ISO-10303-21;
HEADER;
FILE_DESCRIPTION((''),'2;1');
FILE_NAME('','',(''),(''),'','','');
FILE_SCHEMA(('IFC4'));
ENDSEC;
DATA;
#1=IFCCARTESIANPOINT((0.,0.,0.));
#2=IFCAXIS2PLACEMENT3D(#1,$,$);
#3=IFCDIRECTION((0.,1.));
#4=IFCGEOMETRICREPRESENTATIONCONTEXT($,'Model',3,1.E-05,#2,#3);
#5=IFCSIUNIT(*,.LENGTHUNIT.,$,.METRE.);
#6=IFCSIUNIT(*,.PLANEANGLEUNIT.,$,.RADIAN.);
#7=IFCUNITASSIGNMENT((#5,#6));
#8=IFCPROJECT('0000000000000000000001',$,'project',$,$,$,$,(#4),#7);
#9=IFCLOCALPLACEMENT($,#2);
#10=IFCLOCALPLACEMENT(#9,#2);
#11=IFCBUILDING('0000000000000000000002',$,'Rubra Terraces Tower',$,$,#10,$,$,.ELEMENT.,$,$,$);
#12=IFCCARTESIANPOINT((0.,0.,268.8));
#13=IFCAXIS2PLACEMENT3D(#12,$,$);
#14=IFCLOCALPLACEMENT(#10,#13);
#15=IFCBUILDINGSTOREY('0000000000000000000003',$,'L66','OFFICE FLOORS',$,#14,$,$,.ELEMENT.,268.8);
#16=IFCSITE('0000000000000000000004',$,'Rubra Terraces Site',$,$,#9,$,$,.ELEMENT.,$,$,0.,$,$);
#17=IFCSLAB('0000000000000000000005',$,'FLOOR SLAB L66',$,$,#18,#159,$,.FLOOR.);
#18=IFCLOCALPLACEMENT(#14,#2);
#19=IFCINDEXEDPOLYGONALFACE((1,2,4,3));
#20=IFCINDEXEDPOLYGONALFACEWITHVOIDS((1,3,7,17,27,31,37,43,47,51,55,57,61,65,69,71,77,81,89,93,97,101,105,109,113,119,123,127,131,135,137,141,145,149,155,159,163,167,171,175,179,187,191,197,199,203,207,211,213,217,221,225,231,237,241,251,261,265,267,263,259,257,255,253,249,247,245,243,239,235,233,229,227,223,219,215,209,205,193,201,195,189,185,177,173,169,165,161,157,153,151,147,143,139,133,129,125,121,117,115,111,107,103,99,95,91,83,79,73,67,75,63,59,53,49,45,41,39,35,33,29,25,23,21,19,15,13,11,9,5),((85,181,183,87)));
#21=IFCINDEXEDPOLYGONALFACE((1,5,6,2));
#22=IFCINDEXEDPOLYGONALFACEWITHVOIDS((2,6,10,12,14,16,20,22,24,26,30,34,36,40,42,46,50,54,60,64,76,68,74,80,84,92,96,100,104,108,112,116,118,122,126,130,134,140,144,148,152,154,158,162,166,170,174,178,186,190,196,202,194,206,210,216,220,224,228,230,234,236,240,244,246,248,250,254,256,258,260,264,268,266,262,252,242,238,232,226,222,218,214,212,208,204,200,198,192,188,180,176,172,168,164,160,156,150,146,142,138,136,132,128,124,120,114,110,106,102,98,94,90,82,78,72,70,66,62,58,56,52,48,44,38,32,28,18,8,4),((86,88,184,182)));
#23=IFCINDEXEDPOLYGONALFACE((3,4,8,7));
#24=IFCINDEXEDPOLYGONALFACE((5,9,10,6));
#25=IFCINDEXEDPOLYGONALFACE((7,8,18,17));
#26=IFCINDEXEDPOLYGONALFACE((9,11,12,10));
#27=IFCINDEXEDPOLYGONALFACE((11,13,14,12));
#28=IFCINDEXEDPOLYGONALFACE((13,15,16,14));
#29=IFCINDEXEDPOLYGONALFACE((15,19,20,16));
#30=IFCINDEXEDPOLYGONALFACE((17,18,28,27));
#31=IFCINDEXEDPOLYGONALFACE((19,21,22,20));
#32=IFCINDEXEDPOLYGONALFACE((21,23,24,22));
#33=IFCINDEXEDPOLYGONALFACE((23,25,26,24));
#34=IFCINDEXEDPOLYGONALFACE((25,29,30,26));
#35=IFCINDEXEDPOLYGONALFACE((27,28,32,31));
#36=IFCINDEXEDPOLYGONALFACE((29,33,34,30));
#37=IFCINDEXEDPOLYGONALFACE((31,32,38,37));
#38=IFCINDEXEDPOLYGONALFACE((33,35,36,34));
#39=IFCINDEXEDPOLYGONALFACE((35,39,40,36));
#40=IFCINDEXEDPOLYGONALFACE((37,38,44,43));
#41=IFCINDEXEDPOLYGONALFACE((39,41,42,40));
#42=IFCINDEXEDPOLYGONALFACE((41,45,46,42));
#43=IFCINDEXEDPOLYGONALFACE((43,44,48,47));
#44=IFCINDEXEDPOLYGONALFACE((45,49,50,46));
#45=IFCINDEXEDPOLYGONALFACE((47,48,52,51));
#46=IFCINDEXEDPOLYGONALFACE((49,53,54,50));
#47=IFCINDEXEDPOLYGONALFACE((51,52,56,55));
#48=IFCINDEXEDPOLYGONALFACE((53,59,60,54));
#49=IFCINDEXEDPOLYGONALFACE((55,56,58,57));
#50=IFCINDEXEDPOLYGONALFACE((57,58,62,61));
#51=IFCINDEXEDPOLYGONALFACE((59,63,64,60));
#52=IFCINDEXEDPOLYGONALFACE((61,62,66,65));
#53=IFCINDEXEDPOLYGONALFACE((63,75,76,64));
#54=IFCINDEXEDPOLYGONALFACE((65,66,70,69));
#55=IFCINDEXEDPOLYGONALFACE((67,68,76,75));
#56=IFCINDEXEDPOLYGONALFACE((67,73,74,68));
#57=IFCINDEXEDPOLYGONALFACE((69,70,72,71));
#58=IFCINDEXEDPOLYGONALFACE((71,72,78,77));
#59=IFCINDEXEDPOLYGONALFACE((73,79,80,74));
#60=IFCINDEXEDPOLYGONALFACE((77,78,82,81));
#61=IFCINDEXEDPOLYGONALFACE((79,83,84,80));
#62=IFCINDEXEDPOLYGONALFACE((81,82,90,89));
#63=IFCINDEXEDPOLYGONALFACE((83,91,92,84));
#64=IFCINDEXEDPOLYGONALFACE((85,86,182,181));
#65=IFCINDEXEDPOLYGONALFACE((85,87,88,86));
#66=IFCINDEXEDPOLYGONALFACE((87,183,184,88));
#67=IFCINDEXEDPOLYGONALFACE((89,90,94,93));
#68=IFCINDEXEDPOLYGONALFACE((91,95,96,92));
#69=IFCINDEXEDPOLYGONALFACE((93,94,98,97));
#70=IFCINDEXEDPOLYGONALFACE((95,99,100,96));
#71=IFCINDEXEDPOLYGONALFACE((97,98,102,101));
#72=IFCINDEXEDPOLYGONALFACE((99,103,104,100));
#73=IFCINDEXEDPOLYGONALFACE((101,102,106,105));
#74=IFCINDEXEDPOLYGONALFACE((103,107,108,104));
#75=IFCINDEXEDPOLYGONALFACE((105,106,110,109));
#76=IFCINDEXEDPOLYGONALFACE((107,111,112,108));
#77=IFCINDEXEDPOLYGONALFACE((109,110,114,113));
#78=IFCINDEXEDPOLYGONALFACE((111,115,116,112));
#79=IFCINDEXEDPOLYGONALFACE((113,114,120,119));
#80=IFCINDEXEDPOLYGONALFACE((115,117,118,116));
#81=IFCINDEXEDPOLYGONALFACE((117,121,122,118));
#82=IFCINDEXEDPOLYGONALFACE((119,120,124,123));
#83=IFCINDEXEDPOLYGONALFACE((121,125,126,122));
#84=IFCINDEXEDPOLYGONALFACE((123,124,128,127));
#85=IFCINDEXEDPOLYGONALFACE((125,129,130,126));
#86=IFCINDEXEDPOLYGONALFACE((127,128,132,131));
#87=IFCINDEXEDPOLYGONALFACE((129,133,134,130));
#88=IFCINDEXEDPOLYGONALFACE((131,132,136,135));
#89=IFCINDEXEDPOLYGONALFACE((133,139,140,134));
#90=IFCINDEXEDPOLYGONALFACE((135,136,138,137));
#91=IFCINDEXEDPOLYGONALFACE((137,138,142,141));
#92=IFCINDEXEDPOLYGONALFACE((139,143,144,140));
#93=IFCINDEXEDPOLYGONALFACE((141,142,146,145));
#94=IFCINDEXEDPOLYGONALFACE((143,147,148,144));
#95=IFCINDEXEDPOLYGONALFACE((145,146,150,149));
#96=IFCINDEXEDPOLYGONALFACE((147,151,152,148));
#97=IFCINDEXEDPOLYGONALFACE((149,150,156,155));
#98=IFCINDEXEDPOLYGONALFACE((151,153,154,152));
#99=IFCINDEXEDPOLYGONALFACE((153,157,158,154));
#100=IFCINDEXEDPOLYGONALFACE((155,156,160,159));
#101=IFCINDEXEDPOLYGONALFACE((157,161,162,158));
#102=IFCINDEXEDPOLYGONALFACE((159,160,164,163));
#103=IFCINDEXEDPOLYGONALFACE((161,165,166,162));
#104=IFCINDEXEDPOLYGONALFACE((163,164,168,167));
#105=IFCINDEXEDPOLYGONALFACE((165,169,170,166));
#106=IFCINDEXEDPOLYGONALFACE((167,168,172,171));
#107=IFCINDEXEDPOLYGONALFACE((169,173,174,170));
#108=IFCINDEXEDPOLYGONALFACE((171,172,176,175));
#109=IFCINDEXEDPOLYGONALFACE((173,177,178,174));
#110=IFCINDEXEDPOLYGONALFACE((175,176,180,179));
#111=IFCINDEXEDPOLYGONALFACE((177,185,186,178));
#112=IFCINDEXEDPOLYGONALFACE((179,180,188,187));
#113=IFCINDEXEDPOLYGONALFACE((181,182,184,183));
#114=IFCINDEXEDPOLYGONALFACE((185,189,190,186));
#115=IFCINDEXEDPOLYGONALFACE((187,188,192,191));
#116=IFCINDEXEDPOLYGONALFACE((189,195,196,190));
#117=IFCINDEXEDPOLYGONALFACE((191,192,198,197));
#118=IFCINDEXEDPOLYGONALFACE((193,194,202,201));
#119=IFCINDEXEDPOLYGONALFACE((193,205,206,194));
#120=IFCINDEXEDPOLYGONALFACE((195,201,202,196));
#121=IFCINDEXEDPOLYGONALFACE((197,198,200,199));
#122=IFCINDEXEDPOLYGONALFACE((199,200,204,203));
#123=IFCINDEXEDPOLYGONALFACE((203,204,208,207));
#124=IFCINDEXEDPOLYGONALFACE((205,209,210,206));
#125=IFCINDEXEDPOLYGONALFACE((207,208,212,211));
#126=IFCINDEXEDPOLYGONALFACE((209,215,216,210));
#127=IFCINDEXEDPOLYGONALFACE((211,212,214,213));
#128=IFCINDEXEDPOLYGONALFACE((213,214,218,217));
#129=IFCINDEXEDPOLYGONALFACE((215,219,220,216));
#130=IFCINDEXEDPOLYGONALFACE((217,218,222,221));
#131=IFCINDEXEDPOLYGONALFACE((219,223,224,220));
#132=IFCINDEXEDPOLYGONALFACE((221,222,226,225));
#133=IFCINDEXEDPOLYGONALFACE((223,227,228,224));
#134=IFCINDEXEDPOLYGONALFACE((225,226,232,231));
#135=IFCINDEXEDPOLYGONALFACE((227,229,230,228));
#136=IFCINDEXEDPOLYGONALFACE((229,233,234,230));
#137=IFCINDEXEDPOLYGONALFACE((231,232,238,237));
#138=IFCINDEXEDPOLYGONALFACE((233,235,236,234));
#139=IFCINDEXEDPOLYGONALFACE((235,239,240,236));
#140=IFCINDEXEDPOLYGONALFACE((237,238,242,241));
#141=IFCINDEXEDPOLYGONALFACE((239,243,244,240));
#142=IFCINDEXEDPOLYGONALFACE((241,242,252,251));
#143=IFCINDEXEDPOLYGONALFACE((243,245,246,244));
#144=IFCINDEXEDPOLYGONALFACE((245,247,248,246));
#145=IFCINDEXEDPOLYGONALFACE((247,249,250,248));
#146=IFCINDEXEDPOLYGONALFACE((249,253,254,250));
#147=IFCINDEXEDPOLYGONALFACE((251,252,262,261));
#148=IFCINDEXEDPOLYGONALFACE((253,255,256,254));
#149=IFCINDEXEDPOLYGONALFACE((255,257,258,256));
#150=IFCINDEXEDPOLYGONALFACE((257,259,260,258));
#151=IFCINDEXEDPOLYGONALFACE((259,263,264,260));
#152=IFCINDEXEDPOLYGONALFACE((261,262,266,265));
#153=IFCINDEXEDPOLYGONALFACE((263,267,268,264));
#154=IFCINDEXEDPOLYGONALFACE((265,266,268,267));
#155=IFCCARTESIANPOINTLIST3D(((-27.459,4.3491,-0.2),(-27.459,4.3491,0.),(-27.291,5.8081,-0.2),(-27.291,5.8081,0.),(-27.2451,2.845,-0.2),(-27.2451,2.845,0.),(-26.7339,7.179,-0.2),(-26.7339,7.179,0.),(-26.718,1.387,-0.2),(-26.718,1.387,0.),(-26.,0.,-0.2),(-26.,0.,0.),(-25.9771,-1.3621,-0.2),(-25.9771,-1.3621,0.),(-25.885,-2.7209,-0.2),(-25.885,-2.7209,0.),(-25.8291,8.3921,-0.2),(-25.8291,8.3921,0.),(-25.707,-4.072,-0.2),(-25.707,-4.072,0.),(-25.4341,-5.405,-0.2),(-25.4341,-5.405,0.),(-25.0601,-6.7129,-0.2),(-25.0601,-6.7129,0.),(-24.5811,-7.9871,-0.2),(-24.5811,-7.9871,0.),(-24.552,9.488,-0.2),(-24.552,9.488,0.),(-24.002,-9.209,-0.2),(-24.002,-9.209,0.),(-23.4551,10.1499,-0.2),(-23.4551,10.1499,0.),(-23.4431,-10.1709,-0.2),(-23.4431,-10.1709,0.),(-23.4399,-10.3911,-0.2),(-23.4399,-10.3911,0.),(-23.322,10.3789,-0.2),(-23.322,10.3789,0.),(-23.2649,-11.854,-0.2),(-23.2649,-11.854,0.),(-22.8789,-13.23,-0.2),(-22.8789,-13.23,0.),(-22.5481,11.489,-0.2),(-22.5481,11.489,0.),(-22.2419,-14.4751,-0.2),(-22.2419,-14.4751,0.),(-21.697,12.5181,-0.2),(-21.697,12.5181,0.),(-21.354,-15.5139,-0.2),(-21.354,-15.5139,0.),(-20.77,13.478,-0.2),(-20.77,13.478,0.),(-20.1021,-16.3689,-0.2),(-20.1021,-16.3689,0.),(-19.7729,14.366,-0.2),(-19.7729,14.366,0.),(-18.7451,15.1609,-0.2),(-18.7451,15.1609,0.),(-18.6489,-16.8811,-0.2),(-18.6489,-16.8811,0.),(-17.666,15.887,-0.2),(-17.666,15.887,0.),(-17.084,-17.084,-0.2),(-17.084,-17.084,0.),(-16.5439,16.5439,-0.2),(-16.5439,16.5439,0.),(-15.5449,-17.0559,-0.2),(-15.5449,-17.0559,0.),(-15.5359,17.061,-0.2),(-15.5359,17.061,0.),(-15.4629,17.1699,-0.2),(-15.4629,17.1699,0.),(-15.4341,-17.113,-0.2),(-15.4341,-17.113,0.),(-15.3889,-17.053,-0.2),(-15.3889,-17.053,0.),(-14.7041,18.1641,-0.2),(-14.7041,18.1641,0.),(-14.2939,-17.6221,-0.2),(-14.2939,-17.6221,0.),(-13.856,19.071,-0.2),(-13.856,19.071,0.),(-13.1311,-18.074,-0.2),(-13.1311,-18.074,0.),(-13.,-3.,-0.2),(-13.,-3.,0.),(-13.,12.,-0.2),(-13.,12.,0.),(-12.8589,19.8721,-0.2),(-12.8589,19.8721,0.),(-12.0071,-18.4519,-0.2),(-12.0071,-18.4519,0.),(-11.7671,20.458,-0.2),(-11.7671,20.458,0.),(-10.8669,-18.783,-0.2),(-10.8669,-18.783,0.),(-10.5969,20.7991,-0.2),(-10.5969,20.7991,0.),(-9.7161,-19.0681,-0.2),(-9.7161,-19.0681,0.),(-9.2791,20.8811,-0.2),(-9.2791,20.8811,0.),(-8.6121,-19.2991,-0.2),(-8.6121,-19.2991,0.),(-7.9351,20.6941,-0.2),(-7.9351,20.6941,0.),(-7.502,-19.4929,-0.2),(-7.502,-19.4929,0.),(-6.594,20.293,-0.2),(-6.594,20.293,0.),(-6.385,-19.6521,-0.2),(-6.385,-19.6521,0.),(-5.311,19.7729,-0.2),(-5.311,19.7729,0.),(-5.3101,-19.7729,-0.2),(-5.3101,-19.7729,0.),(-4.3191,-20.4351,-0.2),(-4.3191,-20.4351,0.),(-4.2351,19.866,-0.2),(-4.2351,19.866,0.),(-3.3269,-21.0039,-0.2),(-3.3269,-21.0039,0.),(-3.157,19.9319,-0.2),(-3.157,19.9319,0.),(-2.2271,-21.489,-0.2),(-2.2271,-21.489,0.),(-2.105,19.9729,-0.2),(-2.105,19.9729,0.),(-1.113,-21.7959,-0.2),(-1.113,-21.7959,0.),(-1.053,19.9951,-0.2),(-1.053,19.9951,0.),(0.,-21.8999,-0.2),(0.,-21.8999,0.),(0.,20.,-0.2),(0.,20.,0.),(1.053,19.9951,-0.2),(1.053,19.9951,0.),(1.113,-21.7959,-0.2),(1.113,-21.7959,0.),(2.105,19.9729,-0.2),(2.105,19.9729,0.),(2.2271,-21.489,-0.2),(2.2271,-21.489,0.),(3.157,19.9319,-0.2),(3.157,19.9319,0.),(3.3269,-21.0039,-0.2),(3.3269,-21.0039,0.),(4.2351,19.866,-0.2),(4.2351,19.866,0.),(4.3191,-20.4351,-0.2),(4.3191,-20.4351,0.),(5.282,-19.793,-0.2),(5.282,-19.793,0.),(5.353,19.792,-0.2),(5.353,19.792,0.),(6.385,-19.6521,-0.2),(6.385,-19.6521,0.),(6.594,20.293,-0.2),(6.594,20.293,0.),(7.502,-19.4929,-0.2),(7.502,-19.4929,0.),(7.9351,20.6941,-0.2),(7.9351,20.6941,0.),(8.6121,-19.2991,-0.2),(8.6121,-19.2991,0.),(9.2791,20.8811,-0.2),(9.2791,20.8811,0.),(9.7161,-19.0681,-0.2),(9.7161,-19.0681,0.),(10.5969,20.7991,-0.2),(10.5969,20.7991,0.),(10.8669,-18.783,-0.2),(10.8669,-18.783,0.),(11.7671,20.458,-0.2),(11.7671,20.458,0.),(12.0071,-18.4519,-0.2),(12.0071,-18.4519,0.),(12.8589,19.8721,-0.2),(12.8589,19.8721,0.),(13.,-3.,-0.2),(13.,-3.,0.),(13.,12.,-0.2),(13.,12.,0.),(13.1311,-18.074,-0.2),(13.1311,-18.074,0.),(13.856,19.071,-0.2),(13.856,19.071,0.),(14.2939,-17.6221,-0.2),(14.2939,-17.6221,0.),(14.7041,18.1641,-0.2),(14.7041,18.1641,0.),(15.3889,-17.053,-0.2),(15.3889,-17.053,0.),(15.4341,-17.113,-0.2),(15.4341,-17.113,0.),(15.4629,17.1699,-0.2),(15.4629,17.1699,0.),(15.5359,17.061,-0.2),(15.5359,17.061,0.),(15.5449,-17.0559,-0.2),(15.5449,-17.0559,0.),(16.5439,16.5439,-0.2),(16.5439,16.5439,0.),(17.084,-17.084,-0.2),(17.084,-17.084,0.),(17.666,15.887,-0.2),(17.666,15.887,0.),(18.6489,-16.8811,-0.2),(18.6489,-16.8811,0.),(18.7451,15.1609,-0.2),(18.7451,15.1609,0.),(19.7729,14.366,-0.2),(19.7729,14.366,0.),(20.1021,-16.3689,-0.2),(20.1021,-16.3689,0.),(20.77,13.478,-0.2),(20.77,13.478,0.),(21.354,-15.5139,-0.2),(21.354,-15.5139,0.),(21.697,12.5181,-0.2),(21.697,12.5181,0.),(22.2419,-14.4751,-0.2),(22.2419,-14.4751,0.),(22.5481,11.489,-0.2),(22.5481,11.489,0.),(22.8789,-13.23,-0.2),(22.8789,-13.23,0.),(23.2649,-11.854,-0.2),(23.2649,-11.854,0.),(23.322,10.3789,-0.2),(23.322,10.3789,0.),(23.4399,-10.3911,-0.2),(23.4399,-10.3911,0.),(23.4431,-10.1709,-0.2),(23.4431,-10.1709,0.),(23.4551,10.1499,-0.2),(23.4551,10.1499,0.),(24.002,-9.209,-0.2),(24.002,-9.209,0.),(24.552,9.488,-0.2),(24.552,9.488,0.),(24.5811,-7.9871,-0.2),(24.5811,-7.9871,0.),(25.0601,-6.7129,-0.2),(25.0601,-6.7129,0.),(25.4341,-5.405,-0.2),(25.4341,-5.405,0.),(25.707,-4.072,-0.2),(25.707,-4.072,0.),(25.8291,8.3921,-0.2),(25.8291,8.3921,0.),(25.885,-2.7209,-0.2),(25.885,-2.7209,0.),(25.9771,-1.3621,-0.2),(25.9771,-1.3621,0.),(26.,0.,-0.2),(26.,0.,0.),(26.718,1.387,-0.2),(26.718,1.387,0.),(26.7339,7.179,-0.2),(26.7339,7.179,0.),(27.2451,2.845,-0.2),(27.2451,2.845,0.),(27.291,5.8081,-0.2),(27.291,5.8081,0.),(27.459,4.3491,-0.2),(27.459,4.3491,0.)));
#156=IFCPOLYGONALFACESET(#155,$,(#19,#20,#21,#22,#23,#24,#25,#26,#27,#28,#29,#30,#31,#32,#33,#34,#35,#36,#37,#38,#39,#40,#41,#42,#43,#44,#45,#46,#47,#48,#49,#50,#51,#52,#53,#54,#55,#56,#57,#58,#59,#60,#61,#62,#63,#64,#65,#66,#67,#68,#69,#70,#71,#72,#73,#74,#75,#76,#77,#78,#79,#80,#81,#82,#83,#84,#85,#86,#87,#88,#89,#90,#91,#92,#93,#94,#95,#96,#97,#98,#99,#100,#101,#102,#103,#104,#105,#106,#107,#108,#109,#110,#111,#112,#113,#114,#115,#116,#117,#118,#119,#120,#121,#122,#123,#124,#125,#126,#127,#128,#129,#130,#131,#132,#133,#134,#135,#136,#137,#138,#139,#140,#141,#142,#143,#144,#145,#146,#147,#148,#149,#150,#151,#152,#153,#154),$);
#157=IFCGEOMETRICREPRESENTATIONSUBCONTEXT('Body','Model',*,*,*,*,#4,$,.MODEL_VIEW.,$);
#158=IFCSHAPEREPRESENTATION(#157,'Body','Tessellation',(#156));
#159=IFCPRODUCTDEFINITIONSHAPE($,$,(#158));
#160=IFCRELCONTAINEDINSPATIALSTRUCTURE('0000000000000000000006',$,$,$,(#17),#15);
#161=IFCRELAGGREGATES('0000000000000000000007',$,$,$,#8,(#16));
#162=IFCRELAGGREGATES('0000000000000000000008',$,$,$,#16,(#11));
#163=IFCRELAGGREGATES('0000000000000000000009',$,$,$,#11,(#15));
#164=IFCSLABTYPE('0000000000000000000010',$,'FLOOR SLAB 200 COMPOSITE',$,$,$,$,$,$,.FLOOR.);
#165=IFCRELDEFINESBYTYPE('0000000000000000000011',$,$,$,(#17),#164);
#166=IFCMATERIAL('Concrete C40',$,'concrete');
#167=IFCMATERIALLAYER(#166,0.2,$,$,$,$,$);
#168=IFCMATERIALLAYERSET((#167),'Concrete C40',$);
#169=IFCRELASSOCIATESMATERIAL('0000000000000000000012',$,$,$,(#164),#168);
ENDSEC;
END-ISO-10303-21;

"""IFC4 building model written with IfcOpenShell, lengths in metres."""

from ifc_helpers import new_model, si_unit, direction, frame, origin, place, context, subcontext, project, spatial, polyline, outline, extrude, material, layer, layer_set, type_object, element, save


model = new_model("IFC4")

# Units and contexts
model_context = context("Model", 3, precision=1e-05, world=origin(), true_north=direction((0.0, 1.0)))
body_context = subcontext(model_context, "Body", "Model", "MODEL_VIEW")
ifc_project = project(units=[si_unit("LENGTHUNIT", "METRE"), si_unit("PLANEANGLEUNIT", "RADIAN")], contexts=[model_context])

# Site, building, storey
site_placement = place(None, origin())
site = spatial("IfcSite", under=ifc_project, at=site_placement, Name="Rubra Terraces Site", CompositionType="ELEMENT", RefElevation=0.0)
building_placement = place(site_placement, origin())
building = spatial("IfcBuilding", under=site, at=building_placement, Name="Rubra Terraces Tower", CompositionType="ELEMENT")
storey_placement = place(building_placement, frame((0.0, 0.0, 268.8)))
storey = spatial("IfcBuildingStorey", under=building, at=storey_placement, Name="L66", Description="OFFICE FLOORS", CompositionType="ELEMENT", Elevation=268.8)

# Shared definitions
ifc_material_1 = material(Name="Concrete C40", Category="concrete")

# Slab
ifc_layer_1 = layer(ifc_material_1, 0.2)
ifc_layer_set_1 = layer_set([ifc_layer_1], Name="Concrete C40")
slab_type_1 = type_object("IfcSlabType", Name="FLOOR SLAB 200 COMPOSITE", PredefinedType="FLOOR", material=ifc_layer_set_1)
slab_1_placement = place(storey_placement, frame((0.0, 0.0, -0.2)))
element("IfcSlab", 1, at=slab_1_placement, inside=storey, type_object=slab_type_1, Name="FLOOR SLAB L66", PredefinedType="FLOOR", context=body_context, shape_type="SweptSolid", body=[
    extrude(outline(polyline([(-6.385, -19.6521), (-5.3101, -19.7729), (-4.3191, -20.4351), (-3.3269, -21.0039), (-2.2271, -21.489), (-1.113, -21.7959), (0.0, -21.8999), (1.113, -21.7959), (2.2271, -21.489), (3.3269, -21.0039), (4.3191, -20.4351), (5.282, -19.793), (6.385, -19.6521), (7.502, -19.4929), (8.6121, -19.2991), (9.7161, -19.0681), (10.8669, -18.783), (12.0071, -18.4519), (13.1311, -18.074), (14.2939, -17.6221), (15.4341, -17.113), (15.5449, -17.0559), (15.3889, -17.053), (17.084, -17.084), (18.6489, -16.8811), (20.1021, -16.3689), (21.354, -15.5139), (22.2419, -14.4751), (22.8789, -13.23), (23.2649, -11.854), (23.4399, -10.3911), (23.4431, -10.1709), (24.002, -9.209), (24.5811, -7.9871), (25.0601, -6.7129), (25.4341, -5.405), (25.707, -4.072), (25.885, -2.7209), (25.9771, -1.3621), (26.0, 0.0), (26.718, 1.387), (27.2451, 2.845), (27.459, 4.3491), (27.291, 5.8081), (26.7339, 7.179), (25.8291, 8.3921), (24.552, 9.488), (23.1201, 10.3521), (23.4551, 10.1499), (23.322, 10.3789), (22.5481, 11.489), (21.697, 12.5181), (20.77, 13.478), (19.7729, 14.366), (18.7451, 15.1609), (17.666, 15.887), (16.5439, 16.5439), (15.5359, 17.061), (15.4629, 17.1699), (14.7041, 18.1641), (13.856, 19.071), (12.8589, 19.8721), (11.7671, 20.458), (10.5969, 20.7991), (9.2791, 20.8811), (7.9351, 20.6941), (6.594, 20.293), (5.353, 19.792), (4.2351, 19.866), (3.157, 19.9319), (2.105, 19.9729), (1.053, 19.9951), (0.0, 20.0), (-1.053, 19.9951), (-2.105, 19.9729), (-3.157, 19.9319), (-4.2351, 19.866), (-5.311, 19.7729), (-6.594, 20.293), (-7.9351, 20.6941), (-9.2791, 20.8811), (-10.5969, 20.7991), (-11.7671, 20.458), (-12.8589, 19.8721), (-13.856, 19.071), (-14.7041, 18.1641), (-15.4629, 17.1699), (-15.5359, 17.061), (-16.5439, 16.5439), (-17.666, 15.887), (-18.7451, 15.1609), (-19.7729, 14.366), (-20.77, 13.478), (-21.697, 12.5181), (-22.5481, 11.489), (-23.322, 10.3789), (-23.4551, 10.1499), (-23.1201, 10.3521), (-24.552, 9.488), (-25.8291, 8.3921), (-26.7339, 7.179), (-27.291, 5.8081), (-27.459, 4.3491), (-27.2451, 2.845), (-26.718, 1.387), (-26.0, 0.0), (-25.9771, -1.3621), (-25.885, -2.7209), (-25.707, -4.072), (-25.4341, -5.405), (-25.0601, -6.7129), (-24.5811, -7.9871), (-24.002, -9.209), (-23.4431, -10.1709), (-23.4399, -10.3911), (-23.2649, -11.854), (-22.8789, -13.23), (-22.2419, -14.4751), (-21.354, -15.5139), (-20.1021, -16.3689), (-18.6489, -16.8811), (-17.084, -17.084), (-15.3889, -17.053), (-15.5449, -17.0559), (-15.4341, -17.113), (-14.2939, -17.6221), (-13.1311, -18.074), (-12.0071, -18.4519), (-10.8669, -18.783), (-9.7161, -19.0681), (-8.6121, -19.2991), (-7.502, -19.4929), (-6.385, -19.6521)]), holes=[polyline([(13.0, 12.0), (13.0, -3.0), (-13.0, -3.0), (-13.0, 12.0), (13.0, 12.0)])]), origin(), (0.0, 0.0, 1.0), 0.2),
])

save(model, "model.ifc")
